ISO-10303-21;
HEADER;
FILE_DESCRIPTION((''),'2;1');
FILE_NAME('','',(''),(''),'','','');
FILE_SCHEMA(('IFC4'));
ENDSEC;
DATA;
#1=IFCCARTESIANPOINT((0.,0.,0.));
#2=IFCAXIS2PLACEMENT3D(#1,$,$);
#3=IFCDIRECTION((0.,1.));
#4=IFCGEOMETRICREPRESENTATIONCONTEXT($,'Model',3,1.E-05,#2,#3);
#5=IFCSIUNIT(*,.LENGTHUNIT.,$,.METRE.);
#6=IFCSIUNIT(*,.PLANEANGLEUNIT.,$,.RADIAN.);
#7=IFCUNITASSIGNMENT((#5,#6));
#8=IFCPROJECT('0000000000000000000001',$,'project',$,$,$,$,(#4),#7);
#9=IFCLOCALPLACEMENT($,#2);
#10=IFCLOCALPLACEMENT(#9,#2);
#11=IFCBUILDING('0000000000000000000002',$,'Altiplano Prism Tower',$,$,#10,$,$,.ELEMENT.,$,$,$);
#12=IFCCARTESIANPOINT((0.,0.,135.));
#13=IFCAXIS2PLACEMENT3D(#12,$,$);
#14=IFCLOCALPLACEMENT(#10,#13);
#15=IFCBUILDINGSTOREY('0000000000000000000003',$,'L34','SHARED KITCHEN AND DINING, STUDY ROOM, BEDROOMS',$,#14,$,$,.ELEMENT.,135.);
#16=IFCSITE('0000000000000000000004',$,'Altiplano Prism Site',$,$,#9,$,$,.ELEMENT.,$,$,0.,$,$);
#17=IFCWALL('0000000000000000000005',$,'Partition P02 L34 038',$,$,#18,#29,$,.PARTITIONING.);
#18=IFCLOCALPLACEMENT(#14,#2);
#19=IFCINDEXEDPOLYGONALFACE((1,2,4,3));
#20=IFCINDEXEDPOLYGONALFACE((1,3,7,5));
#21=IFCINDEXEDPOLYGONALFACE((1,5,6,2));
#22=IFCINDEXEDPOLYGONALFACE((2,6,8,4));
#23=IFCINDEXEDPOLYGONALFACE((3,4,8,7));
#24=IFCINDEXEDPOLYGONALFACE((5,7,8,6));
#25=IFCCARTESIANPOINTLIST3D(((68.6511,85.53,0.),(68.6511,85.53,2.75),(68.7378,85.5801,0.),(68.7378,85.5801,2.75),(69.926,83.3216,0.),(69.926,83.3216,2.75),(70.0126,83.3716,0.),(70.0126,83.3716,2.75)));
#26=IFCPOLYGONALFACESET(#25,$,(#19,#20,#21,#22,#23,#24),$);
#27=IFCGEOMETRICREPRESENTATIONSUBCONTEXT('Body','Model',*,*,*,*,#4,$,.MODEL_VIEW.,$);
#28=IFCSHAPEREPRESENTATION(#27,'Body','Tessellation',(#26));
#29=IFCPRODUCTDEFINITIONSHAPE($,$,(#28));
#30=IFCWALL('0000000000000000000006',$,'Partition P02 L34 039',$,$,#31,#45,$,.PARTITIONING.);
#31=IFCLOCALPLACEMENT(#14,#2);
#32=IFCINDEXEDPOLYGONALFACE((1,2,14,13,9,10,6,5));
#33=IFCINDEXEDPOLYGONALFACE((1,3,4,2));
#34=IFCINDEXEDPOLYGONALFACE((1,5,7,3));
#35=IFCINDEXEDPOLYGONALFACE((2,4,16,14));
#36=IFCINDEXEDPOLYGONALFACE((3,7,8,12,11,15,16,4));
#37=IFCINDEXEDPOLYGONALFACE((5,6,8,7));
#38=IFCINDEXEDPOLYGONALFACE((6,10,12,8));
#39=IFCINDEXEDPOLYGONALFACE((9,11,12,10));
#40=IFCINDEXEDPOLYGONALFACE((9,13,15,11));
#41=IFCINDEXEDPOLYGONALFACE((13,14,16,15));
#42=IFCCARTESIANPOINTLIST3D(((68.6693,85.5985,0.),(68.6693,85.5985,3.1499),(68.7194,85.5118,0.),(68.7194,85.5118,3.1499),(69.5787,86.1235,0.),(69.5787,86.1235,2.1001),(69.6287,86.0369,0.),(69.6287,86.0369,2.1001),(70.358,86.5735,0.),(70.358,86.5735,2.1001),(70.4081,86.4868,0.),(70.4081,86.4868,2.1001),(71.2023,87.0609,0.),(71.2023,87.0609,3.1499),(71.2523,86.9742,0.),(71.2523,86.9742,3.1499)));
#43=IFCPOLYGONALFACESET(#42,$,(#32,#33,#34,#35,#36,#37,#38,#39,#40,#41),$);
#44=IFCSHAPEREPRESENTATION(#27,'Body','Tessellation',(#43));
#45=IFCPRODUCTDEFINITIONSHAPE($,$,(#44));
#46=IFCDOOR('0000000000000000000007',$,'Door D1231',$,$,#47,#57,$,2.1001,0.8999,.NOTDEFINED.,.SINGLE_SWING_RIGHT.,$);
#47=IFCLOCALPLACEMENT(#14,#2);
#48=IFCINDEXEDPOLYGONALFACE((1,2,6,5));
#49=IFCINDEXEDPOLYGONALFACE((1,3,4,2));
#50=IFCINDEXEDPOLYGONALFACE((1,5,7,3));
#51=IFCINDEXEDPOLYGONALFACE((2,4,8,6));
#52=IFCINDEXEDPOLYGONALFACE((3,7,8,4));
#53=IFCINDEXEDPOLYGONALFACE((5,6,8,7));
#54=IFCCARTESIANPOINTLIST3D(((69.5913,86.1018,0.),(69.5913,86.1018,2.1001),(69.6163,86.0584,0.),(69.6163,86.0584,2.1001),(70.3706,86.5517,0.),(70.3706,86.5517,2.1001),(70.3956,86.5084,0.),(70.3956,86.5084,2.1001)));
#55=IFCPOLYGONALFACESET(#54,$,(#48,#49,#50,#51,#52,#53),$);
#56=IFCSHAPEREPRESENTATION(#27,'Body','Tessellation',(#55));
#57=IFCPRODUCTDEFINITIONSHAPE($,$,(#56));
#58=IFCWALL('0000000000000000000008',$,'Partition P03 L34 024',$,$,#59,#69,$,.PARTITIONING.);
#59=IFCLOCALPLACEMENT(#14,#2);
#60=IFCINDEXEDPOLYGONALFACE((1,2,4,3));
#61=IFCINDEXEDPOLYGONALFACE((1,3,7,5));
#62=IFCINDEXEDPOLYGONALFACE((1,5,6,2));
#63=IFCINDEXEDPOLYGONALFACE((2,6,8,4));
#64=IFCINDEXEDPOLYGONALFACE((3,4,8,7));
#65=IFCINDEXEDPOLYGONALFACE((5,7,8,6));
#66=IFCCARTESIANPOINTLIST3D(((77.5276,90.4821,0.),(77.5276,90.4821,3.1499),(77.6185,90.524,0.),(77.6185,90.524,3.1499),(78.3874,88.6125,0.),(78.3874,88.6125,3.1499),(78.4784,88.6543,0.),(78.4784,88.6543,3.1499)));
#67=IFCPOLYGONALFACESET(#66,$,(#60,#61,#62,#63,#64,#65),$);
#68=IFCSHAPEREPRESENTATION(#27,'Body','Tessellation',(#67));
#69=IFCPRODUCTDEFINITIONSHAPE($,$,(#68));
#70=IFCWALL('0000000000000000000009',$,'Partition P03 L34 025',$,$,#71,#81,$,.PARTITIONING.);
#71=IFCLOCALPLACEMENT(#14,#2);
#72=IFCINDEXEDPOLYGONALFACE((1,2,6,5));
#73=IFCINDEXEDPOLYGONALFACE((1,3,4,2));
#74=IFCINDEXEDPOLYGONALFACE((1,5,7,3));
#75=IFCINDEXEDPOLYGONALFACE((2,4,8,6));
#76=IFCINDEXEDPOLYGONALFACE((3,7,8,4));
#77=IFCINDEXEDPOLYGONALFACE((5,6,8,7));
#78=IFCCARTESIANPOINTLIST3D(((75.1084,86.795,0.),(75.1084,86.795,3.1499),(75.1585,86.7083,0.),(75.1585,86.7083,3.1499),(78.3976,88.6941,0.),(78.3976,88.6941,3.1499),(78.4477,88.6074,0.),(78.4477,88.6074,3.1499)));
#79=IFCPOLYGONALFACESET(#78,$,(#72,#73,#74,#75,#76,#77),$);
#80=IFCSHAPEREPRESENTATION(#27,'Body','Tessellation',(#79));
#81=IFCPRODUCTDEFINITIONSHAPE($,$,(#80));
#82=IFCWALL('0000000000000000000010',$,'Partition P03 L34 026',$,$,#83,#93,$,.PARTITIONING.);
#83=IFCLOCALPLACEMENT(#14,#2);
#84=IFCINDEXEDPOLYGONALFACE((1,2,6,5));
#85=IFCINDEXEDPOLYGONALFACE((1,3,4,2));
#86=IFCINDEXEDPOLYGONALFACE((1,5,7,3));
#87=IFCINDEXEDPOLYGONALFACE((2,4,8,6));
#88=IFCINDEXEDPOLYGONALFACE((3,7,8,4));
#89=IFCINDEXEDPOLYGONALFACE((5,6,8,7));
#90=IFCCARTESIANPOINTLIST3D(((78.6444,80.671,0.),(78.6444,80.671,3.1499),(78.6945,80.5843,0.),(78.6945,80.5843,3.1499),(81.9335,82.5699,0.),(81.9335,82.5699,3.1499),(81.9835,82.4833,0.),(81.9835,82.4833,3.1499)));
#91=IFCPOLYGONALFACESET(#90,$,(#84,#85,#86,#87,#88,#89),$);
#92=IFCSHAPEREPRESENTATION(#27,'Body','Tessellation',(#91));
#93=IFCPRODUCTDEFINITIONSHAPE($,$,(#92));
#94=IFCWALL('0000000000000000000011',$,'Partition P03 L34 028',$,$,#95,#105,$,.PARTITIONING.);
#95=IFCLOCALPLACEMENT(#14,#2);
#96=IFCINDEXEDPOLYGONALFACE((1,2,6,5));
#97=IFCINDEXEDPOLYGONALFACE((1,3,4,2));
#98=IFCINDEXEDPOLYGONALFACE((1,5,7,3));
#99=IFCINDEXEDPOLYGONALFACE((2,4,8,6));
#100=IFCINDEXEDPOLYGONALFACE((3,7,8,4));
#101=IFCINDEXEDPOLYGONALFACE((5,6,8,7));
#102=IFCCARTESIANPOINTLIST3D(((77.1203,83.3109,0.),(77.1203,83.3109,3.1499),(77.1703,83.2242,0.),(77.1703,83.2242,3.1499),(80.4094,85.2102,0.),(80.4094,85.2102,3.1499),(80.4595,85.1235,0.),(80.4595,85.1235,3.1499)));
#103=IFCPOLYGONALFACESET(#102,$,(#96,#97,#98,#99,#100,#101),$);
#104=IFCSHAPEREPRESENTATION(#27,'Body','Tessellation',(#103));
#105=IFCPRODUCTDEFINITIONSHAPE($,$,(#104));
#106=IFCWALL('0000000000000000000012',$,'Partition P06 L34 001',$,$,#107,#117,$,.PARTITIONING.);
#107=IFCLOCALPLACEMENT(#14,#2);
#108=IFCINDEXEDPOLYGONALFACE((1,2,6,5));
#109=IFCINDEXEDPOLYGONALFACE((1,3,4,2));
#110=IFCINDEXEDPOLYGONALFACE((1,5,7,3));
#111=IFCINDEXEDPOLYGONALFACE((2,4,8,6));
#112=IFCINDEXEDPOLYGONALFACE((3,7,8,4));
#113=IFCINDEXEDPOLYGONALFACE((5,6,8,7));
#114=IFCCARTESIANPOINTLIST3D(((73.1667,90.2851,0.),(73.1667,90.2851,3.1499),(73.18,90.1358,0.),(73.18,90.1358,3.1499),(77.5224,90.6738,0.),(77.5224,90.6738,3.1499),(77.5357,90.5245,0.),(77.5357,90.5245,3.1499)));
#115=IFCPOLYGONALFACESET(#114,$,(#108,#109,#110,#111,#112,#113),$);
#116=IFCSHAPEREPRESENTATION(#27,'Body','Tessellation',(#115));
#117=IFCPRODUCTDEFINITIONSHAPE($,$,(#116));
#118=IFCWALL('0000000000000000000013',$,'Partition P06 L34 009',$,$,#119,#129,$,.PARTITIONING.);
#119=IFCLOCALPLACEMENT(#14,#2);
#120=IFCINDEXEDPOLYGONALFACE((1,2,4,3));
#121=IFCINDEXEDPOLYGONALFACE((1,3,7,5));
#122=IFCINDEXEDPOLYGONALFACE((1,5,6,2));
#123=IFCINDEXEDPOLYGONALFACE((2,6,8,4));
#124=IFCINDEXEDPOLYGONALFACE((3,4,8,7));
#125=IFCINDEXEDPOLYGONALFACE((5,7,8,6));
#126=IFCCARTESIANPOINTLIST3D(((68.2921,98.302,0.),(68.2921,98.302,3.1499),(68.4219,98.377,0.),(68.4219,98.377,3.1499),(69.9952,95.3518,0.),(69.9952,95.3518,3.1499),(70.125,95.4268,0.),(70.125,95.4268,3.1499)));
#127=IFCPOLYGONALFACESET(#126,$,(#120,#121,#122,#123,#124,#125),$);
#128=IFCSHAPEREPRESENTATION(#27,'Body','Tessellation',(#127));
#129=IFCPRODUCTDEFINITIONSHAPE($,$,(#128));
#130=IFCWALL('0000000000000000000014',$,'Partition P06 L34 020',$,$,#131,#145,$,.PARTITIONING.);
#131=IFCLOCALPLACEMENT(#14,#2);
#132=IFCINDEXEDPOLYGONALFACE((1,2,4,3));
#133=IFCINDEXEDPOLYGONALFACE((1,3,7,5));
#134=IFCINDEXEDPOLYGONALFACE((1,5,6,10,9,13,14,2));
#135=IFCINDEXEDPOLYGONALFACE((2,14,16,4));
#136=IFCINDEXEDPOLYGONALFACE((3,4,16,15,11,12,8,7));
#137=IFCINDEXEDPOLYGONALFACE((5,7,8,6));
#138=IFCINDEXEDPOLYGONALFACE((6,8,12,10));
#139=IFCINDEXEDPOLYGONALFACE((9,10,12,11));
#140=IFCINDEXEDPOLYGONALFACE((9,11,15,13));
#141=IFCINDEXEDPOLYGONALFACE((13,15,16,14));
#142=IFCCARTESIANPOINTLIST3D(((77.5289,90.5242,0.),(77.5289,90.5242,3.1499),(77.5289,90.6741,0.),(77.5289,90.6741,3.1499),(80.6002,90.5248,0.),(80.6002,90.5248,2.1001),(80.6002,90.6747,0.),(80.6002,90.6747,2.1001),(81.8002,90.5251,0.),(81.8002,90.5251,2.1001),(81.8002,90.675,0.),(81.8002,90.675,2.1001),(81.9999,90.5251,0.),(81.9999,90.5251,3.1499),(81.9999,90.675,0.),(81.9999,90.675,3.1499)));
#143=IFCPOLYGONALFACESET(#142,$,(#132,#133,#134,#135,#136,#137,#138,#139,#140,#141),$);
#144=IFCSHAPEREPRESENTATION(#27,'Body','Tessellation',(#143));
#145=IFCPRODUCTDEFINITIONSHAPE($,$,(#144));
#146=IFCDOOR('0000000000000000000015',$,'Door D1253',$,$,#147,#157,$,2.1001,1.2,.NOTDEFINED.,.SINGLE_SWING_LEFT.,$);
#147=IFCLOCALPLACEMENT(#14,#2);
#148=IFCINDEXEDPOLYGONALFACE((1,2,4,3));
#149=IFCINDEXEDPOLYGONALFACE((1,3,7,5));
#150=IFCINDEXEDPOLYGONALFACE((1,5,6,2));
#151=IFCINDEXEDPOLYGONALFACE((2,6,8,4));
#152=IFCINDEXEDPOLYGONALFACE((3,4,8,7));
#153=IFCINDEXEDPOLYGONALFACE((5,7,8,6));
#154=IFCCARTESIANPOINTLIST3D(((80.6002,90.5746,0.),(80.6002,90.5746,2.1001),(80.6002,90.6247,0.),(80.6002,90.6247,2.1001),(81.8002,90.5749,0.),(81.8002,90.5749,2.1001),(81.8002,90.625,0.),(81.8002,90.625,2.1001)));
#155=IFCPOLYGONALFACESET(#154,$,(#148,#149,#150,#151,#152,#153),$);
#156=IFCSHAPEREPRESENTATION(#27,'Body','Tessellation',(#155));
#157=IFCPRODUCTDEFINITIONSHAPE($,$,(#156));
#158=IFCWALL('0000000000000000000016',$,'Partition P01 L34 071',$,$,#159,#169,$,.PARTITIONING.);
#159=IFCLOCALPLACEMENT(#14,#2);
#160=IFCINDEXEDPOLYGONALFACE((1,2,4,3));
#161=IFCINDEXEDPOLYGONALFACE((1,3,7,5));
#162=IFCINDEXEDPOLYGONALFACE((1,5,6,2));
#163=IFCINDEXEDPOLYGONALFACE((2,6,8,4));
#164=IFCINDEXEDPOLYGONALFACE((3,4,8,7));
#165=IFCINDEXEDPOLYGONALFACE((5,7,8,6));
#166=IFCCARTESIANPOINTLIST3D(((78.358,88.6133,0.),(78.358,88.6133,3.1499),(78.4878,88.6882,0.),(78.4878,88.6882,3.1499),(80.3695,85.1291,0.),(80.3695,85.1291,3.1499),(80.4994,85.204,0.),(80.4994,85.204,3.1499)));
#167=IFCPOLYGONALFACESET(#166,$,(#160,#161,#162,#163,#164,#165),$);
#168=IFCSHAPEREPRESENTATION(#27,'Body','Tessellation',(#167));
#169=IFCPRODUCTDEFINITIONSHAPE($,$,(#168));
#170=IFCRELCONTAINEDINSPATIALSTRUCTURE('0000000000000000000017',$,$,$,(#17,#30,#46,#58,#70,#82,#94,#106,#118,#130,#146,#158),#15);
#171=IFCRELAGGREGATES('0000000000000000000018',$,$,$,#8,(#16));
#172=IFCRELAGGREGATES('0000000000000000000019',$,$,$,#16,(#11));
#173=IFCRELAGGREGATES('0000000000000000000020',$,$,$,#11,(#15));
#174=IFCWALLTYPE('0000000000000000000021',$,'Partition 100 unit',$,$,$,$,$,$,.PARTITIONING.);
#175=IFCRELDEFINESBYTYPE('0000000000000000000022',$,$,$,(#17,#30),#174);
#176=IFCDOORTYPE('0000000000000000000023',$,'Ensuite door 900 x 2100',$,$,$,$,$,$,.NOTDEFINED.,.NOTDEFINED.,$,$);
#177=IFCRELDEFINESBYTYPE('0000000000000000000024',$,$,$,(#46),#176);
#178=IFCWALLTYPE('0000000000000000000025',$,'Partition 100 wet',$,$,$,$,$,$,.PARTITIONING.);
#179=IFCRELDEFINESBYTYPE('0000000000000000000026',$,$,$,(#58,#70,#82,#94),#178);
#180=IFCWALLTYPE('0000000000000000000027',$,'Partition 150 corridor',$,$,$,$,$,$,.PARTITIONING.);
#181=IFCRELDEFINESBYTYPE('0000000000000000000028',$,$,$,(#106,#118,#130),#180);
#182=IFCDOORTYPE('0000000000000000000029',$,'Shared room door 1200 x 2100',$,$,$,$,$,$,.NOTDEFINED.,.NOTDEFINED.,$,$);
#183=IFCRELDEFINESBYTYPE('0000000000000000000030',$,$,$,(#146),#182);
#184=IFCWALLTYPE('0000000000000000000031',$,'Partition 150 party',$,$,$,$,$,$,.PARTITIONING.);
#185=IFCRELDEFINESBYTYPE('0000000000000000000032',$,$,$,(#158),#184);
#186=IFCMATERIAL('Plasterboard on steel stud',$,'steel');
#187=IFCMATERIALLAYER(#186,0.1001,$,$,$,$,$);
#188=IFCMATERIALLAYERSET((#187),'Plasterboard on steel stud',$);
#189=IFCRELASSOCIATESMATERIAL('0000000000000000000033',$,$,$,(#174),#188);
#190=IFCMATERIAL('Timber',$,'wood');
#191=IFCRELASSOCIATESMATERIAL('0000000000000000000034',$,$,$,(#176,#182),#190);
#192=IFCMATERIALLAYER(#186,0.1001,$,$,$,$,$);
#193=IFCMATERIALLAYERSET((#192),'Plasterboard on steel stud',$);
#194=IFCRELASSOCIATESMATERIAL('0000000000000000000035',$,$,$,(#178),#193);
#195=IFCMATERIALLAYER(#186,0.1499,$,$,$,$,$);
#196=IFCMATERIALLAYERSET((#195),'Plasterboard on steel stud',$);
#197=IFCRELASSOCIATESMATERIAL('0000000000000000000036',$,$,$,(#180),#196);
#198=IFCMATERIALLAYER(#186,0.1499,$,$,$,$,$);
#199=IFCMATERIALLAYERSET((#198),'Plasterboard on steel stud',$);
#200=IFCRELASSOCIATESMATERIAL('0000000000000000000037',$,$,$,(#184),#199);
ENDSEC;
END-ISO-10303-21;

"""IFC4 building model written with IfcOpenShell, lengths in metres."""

from ifc_helpers import new_model, si_unit, direction, frame, frame_2d, origin, place, context, subcontext, project, spatial, rectangle, extrude, material, layer, layer_set, type_object, element, fill, save


model = new_model("IFC4")

# Units and contexts
model_context = context("Model", 3, precision=1e-05, world=origin(), true_north=direction((0.0, 1.0)))
body_context = subcontext(model_context, "Body", "Model", "MODEL_VIEW")
ifc_project = project(units=[si_unit("LENGTHUNIT", "METRE"), si_unit("PLANEANGLEUNIT", "RADIAN")], contexts=[model_context])

# Site, building, storey
site_placement = place(None, origin())
site = spatial("IfcSite", under=ifc_project, at=site_placement, Name="Altiplano Prism Site", CompositionType="ELEMENT", RefElevation=0.0)
building_placement = place(site_placement, origin())
building = spatial("IfcBuilding", under=site, at=building_placement, Name="Altiplano Prism Tower", CompositionType="ELEMENT")
storey_placement = place(building_placement, frame((0.0, 0.0, 135.0)))
storey = spatial("IfcBuildingStorey", under=building, at=storey_placement, Name="L34", Description="SHARED KITCHEN AND DINING, STUDY ROOM, BEDROOMS", CompositionType="ELEMENT", Elevation=135.0)

# Shared definitions
ifc_material_1 = material(Name="Plasterboard on steel stud", Category="steel")
ifc_layer_1 = layer(ifc_material_1, 0.1001)
ifc_layer_set_1 = layer_set([ifc_layer_1], Name="Plasterboard on steel stud")
wall_type_1 = type_object("IfcWallType", Name="Partition 100 unit", PredefinedType="PARTITIONING", material=ifc_layer_set_1)
ifc_material_2 = material(Name="Timber", Category="wood")
door_type_1 = type_object("IfcDoorType", Name="Ensuite door 900 x 2100", OperationType="NOTDEFINED", PredefinedType="NOTDEFINED", material=ifc_material_2)

# Wall
wall_1_placement = place(storey_placement, frame((69.9692, 83.3467, 0.0), z_axis=(0.0, 0.0, 1.0), x_axis=(-0.499949, 0.866055, 0.0)))
element("IfcWall", 1, at=wall_1_placement, inside=storey, type_object=wall_type_1, Name="Partition P02 L34 038", PredefinedType="PARTITIONING", context=body_context, shape_type="SweptSolid", body=[
    extrude(rectangle(XDim=2.55, YDim=0.1001, at=frame_2d((1.2749, 0.0))), origin(), (0.0, 0.0, 1.0), 2.75),
])

# Wall, opening, door
wall_2_placement = place(storey_placement, frame((68.6943, 85.5552, 0.0), z_axis=(0.0, 0.0, 1.0), x_axis=(0.866026, 0.499999, 0.0)))
wall_2 = element("IfcWall", 2, at=wall_2_placement, inside=storey, type_object=wall_type_1, Name="Partition P02 L34 039", PredefinedType="PARTITIONING", context=body_context, shape_type="SweptSolid", body=[
    extrude(rectangle(XDim=2.9248, YDim=0.1001, at=frame_2d((1.4624, 0.0))), origin(), (0.0, 0.0, 1.0), 3.1499),
])
opening_1_placement = place(wall_2_placement, frame((1.05, 0.0, 0.0)))
opening_1 = element("IfcOpeningElement", 3, at=opening_1_placement, cuts=wall_2, PredefinedType="OPENING", context=body_context, shape_type="SweptSolid", body=[
    extrude(rectangle(XDim=0.8999, YDim=2.1001, at=frame_2d((0.45, 1.05))), frame((0.0, 0.0605, 0.0), z_axis=(0.0, -1.0, 0.0), x_axis=(1.0, 0.0, 0.0)), (0.0, 0.0, 1.0), 0.1211),
])
door_1_placement = place(opening_1_placement, origin())
door_1 = element("IfcDoor", 4, at=door_1_placement, inside=storey, type_object=door_type_1, Name="Door D1231", OperationType="SINGLE_SWING_RIGHT", OverallHeight=2.1001, OverallWidth=0.8999, PredefinedType="NOTDEFINED", context=body_context, shape_type="SweptSolid", body=[
    extrude(rectangle(XDim=0.8999, YDim=2.1001, at=frame_2d((0.45, 1.05))), frame((0.0, 0.0249, 0.0), z_axis=(0.0, -1.0, 0.0), x_axis=(1.0, 0.0, 0.0)), (0.0, 0.0, 1.0), 0.05),
])
fill(opening_1, door_1)

# Walls
ifc_layer_2 = layer(ifc_material_1, 0.1001)
ifc_layer_set_2 = layer_set([ifc_layer_2], Name="Plasterboard on steel stud")
wall_type_2 = type_object("IfcWallType", Name="Partition 100 wet", PredefinedType="PARTITIONING", material=ifc_layer_set_2)
wall_3_placement = place(storey_placement, frame((78.4329, 88.6335, 0.0), z_axis=(0.0, 0.0, 1.0), x_axis=(-0.417839, 0.908521, 0.0)))
element("IfcWall", 5, at=wall_3_placement, inside=storey, type_object=wall_type_2, Name="Partition P03 L34 024", PredefinedType="PARTITIONING", context=body_context, shape_type="SweptSolid", body=[
    extrude(rectangle(XDim=2.0579, YDim=0.1001, at=frame_2d((1.0288, 0.0))), origin(), (0.0, 0.0, 1.0), 3.1499),
])
wall_4_placement = place(storey_placement, frame((75.1335, 86.7517, 0.0), z_axis=(0.0, 0.0, 1.0), x_axis=(0.866015, 0.500017, 0.0)))
element("IfcWall", 6, at=wall_4_placement, inside=storey, type_object=wall_type_2, Name="Partition P03 L34 025", PredefinedType="PARTITIONING", context=body_context, shape_type="SweptSolid", body=[
    extrude(rectangle(XDim=3.7981, YDim=0.1001, at=frame_2d((1.8989, 0.0))), origin(), (0.0, 0.0, 1.0), 3.1499),
])
wall_5_placement = place(storey_placement, frame((78.6694, 80.6277, 0.0), z_axis=(0.0, 0.0, 1.0), x_axis=(0.866027, 0.499997, 0.0)))
element("IfcWall", 7, at=wall_5_placement, inside=storey, type_object=wall_type_2, Name="Partition P03 L34 026", PredefinedType="PARTITIONING", context=body_context, shape_type="SweptSolid", body=[
    extrude(rectangle(XDim=3.7979, YDim=0.1001, at=frame_2d((1.8989, 0.0))), origin(), (0.0, 0.0, 1.0), 3.1499),
])
wall_6_placement = place(storey_placement, frame((80.4343, 85.1667, 0.0), z_axis=(0.0, 0.0, 1.0), x_axis=(-0.865999, -0.500045, 0.0)))
element("IfcWall", 8, at=wall_6_placement, inside=storey, type_object=wall_type_2, Name="Partition P03 L34 028", PredefinedType="PARTITIONING", context=body_context, shape_type="SweptSolid", body=[
    extrude(rectangle(XDim=3.7981, YDim=0.1001, at=frame_2d((1.8989, 0.0))), origin(), (0.0, 0.0, 1.0), 3.1499),
])
ifc_layer_3 = layer(ifc_material_1, 0.1499)
ifc_layer_set_3 = layer_set([ifc_layer_3], Name="Plasterboard on steel stud")
wall_type_3 = type_object("IfcWallType", Name="Partition 150 corridor", PredefinedType="PARTITIONING", material=ifc_layer_set_3)
wall_7_placement = place(storey_placement, frame((73.1733, 90.2104, 0.0), z_axis=(0.0, 0.0, 1.0), x_axis=(0.996042, 0.08888, 0.0)))
element("IfcWall", 9, at=wall_7_placement, inside=storey, type_object=wall_type_3, Name="Partition P06 L34 001", PredefinedType="PARTITIONING", context=body_context, shape_type="SweptSolid", body=[
    extrude(rectangle(XDim=4.373, YDim=0.1499, at=frame_2d((2.1865, 0.0))), origin(), (0.0, 0.0, 1.0), 3.1499),
])
wall_8_placement = place(storey_placement, frame((70.0601, 95.3894, 0.0), z_axis=(0.0, 0.0, 1.0), x_axis=(-0.499962, 0.866047, 0.0)))
element("IfcWall", 10, at=wall_8_placement, inside=storey, type_object=wall_type_3, Name="Partition P06 L34 009", PredefinedType="PARTITIONING", context=body_context, shape_type="SweptSolid", body=[
    extrude(rectangle(XDim=3.4065, YDim=0.1499, at=frame_2d((1.7031, 0.0))), origin(), (0.0, 0.0, 1.0), 3.1499),
])

# Wall, opening, door
wall_9_placement = place(storey_placement, frame((77.5291, 90.5991, 0.0), z_axis=(0.0, 0.0, 1.0), x_axis=(1.0, 0.000218, 0.0)))
wall_9 = element("IfcWall", 11, at=wall_9_placement, inside=storey, type_object=wall_type_3, Name="Partition P06 L34 020", PredefinedType="PARTITIONING", context=body_context, shape_type="SweptSolid", body=[
    extrude(rectangle(XDim=4.4709, YDim=0.1499, at=frame_2d((2.2354, 0.0))), origin(), (0.0, 0.0, 1.0), 3.1499),
])
opening_2_placement = place(wall_9_placement, frame((3.071, 0.0, 0.0)))
opening_2 = element("IfcOpeningElement", 12, at=opening_2_placement, cuts=wall_9, PredefinedType="OPENING", context=body_context, shape_type="SweptSolid", body=[
    extrude(rectangle(XDim=1.2, YDim=2.1001, at=frame_2d((0.6001, 1.05))), frame((0.0, 0.0854, 0.0), z_axis=(0.0, -1.0, 0.0), x_axis=(1.0, 0.0, 0.0)), (0.0, 0.0, 1.0), 0.1709),
])
door_type_2 = type_object("IfcDoorType", Name="Shared room door 1200 x 2100", OperationType="NOTDEFINED", PredefinedType="NOTDEFINED", material=ifc_material_2)
door_2_placement = place(opening_2_placement, origin())
door_2 = element("IfcDoor", 13, at=door_2_placement, inside=storey, type_object=door_type_2, Name="Door D1253", OperationType="SINGLE_SWING_LEFT", OverallHeight=2.1001, OverallWidth=1.2, PredefinedType="NOTDEFINED", context=body_context, shape_type="SweptSolid", body=[
    extrude(rectangle(XDim=1.2, YDim=2.1001, at=frame_2d((0.6001, 1.05))), frame((0.0, 0.0249, 0.0), z_axis=(0.0, -1.0, 0.0), x_axis=(1.0, 0.0, 0.0)), (0.0, 0.0, 1.0), 0.05),
])
fill(opening_2, door_2)

# Wall
ifc_layer_4 = layer(ifc_material_1, 0.1499)
ifc_layer_set_4 = layer_set([ifc_layer_4], Name="Plasterboard on steel stud")
wall_type_4 = type_object("IfcWallType", Name="Partition 150 party", PredefinedType="PARTITIONING", material=ifc_layer_set_4)
wall_10_placement = place(storey_placement, frame((78.4229, 88.6509, 0.0), z_axis=(0.0, 0.0, 1.0), x_axis=(0.499983, -0.866035, 0.0)))
element("IfcWall", 14, at=wall_10_placement, inside=storey, type_object=wall_type_4, Name="Partition P01 L34 071", PredefinedType="PARTITIONING", context=body_context, shape_type="SweptSolid", body=[
    extrude(rectangle(XDim=4.0232, YDim=0.1499, at=frame_2d((2.0117, 0.0))), origin(), (0.0, 0.0, 1.0), 3.1499),
])

save(model, "model.ifc")
